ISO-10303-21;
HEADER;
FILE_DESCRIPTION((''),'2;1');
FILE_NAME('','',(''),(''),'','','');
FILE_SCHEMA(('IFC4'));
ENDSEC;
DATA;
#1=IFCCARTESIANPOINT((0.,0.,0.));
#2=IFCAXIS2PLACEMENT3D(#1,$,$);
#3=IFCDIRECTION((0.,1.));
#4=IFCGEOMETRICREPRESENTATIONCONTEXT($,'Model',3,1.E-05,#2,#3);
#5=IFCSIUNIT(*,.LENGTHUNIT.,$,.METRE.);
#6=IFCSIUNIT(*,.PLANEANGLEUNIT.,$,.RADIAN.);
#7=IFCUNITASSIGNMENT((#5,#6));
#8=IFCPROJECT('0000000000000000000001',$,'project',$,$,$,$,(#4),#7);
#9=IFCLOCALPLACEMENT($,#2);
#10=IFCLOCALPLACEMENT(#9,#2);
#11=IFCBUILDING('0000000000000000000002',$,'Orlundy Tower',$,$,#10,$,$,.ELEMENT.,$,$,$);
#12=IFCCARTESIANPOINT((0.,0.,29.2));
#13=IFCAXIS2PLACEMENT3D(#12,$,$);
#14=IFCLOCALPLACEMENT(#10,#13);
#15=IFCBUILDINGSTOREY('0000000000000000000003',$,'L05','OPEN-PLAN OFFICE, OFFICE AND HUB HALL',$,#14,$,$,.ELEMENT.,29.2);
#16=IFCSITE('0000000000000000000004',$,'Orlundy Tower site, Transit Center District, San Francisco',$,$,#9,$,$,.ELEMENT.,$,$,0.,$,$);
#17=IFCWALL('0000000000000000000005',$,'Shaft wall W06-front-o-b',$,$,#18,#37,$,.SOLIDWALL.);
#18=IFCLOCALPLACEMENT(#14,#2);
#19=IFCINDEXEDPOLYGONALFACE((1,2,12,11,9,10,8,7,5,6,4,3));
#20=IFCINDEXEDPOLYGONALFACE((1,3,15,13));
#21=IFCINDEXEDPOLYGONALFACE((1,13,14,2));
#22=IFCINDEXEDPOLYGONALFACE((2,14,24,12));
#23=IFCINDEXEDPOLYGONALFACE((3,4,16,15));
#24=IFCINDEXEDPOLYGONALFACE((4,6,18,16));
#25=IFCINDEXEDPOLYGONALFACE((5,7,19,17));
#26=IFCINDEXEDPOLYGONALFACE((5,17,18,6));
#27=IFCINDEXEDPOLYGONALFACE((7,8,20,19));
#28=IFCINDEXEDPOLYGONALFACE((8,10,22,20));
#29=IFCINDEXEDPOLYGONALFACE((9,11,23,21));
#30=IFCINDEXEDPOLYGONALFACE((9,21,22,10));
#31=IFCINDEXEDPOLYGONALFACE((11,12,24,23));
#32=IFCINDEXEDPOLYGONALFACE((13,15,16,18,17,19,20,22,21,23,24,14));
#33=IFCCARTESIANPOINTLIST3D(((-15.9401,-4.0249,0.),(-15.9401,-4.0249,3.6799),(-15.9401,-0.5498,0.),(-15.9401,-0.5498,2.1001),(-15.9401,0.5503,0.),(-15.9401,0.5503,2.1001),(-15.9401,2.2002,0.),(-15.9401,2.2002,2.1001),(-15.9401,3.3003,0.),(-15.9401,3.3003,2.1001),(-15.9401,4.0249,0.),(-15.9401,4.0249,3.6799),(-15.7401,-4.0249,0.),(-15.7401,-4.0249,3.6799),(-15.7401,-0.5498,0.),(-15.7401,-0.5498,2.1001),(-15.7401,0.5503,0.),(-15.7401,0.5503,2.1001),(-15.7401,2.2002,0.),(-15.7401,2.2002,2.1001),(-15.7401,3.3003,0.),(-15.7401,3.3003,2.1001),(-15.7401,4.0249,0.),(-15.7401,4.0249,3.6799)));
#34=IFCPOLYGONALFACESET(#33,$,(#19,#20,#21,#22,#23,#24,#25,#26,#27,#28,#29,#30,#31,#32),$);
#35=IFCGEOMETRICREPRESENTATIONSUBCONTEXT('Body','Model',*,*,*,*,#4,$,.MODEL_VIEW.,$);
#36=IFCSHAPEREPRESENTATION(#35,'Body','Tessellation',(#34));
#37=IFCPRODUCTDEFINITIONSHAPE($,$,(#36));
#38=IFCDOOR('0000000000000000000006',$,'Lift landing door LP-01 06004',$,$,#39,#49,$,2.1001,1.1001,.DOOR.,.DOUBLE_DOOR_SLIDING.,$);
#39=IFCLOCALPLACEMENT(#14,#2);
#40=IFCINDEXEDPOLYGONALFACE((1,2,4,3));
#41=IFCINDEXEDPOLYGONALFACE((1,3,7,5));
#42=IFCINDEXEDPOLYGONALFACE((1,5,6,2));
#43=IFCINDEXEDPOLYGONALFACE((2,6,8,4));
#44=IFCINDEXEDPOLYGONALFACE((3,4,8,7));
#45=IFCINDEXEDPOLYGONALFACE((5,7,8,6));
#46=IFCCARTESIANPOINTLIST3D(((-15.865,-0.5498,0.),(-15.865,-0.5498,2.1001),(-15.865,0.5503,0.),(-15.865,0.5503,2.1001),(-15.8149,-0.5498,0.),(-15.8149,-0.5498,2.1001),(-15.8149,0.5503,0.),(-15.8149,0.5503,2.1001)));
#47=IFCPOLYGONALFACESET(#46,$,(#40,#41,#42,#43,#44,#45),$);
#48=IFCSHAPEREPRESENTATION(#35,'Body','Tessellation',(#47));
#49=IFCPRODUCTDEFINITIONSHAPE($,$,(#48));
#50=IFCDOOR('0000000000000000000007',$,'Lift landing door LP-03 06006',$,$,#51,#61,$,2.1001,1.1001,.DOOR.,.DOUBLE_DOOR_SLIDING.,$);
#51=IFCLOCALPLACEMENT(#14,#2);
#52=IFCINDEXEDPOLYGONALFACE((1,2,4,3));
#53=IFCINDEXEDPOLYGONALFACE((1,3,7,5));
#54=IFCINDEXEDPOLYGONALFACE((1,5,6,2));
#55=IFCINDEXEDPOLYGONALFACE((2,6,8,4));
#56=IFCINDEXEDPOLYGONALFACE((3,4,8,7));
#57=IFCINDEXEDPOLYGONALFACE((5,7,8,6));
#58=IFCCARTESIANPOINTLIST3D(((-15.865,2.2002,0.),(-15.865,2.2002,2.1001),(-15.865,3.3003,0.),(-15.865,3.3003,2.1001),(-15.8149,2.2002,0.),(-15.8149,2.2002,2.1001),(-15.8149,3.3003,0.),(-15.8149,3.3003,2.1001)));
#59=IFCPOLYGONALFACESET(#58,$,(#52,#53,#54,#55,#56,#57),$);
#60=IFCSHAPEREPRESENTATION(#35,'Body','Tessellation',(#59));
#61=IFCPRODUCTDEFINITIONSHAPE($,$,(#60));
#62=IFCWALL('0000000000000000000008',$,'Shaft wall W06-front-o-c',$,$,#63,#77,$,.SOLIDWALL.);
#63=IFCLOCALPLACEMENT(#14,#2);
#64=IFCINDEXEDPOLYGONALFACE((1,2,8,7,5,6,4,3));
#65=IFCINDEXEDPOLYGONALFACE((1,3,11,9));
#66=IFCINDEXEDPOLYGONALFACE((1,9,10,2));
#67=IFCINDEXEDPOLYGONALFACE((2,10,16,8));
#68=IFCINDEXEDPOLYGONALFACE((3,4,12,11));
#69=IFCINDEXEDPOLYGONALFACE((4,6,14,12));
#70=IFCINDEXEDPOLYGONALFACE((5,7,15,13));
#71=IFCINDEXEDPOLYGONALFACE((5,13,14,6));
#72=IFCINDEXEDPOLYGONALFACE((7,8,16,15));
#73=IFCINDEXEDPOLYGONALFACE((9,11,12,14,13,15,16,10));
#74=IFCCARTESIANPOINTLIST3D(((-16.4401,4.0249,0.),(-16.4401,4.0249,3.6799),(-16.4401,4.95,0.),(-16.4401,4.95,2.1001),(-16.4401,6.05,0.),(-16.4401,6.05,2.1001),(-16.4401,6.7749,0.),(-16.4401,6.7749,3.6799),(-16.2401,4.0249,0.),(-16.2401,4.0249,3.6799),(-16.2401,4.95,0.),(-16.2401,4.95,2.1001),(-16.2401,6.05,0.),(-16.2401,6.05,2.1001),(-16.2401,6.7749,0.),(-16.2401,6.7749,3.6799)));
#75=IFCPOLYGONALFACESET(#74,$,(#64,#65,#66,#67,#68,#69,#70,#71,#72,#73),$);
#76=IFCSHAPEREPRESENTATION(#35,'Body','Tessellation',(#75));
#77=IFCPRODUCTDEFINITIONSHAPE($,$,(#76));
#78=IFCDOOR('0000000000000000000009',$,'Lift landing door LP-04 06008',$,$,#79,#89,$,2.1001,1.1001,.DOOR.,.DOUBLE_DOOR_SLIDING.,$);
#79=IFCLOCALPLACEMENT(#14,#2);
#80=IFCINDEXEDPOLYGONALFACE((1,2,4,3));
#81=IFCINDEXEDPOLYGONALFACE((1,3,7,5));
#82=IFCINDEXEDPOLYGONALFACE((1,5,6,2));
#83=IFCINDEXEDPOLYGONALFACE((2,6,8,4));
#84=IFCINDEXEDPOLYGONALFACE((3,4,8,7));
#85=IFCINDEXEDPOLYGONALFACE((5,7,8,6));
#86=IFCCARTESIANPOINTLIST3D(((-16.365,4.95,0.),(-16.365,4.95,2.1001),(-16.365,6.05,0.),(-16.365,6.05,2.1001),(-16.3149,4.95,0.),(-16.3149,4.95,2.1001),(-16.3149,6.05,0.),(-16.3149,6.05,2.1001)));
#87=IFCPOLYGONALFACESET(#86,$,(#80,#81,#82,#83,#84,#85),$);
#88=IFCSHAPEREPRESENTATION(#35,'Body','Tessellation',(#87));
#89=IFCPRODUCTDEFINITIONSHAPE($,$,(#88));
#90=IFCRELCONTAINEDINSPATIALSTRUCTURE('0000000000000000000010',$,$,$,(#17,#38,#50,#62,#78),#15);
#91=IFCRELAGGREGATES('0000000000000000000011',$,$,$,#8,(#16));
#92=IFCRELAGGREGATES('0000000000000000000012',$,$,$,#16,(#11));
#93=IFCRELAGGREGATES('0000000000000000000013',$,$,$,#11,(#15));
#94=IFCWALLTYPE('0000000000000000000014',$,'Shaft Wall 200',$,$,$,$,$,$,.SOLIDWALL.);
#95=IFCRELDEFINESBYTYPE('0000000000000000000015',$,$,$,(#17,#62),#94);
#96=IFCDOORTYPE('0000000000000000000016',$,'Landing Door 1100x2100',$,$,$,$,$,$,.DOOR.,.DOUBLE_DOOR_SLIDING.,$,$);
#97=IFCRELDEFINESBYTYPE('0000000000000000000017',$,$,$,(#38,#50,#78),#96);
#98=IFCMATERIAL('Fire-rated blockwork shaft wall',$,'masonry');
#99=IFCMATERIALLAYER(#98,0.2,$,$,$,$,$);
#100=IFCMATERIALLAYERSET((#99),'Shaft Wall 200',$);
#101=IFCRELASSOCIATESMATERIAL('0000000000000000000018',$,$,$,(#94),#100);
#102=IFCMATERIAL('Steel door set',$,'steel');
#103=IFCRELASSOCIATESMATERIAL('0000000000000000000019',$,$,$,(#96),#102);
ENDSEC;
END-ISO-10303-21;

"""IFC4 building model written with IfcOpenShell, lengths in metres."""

from ifc_helpers import new_model, si_unit, direction, frame, frame_2d, origin, place, context, subcontext, project, spatial, rectangle, extrude, material, layer, layer_set, type_object, element, fill, save


model = new_model("IFC4")

# Units and contexts
model_context = context("Model", 3, precision=1e-05, world=origin(), true_north=direction((0.0, 1.0)))
body_context = subcontext(model_context, "Body", "Model", "MODEL_VIEW")
ifc_project = project(units=[si_unit("LENGTHUNIT", "METRE"), si_unit("PLANEANGLEUNIT", "RADIAN")], contexts=[model_context])

# Site, building, storey
site_placement = place(None, origin())
site = spatial("IfcSite", under=ifc_project, at=site_placement, Name="Orlundy Tower site, Transit Center District, San Francisco", CompositionType="ELEMENT", RefElevation=0.0)
building_placement = place(site_placement, origin())
building = spatial("IfcBuilding", under=site, at=building_placement, Name="Orlundy Tower", CompositionType="ELEMENT")
storey_placement = place(building_placement, frame((0.0, 0.0, 29.2)))
storey = spatial("IfcBuildingStorey", under=building, at=storey_placement, Name="L05", Description="OPEN-PLAN OFFICE, OFFICE AND HUB HALL", CompositionType="ELEMENT", Elevation=29.2)

# Shared definitions
ifc_material_1 = material(Name="Fire-rated blockwork shaft wall", Category="masonry")
ifc_layer_1 = layer(ifc_material_1, 0.2)
ifc_layer_set_1 = layer_set([ifc_layer_1], Name="Shaft Wall 200")
wall_type_1 = type_object("IfcWallType", Name="Shaft Wall 200", PredefinedType="SOLIDWALL", material=ifc_layer_set_1)

# Shared definitions
ifc_material_2 = material(Name="Steel door set", Category="steel")
door_type_1 = type_object("IfcDoorType", Name="Landing Door 1100x2100", OperationType="DOUBLE_DOOR_SLIDING", PredefinedType="DOOR", material=ifc_material_2)

# Wall, openings, doors
wall_1_placement = place(storey_placement, frame((-15.8401, -4.0249, 0.0), z_axis=(0.0, 0.0, 1.0), x_axis=(0.0, 1.0, 0.0)))
wall_1 = element("IfcWall", 1, at=wall_1_placement, inside=storey, type_object=wall_type_1, Name="Shaft wall W06-front-o-b", PredefinedType="SOLIDWALL", context=body_context, shape_type="SweptSolid", body=[
    extrude(rectangle(XDim=8.0498, YDim=0.2, at=frame_2d((4.0249, 0.0))), origin(), (0.0, 0.0, 1.0), 3.6799),
])
opening_1_placement = place(wall_1_placement, frame((3.4751, 0.0, 0.0)))
opening_1 = element("IfcOpeningElement", 2, at=opening_1_placement, cuts=wall_1, PredefinedType="OPENING", context=body_context, shape_type="SweptSolid", body=[
    extrude(rectangle(XDim=1.1001, YDim=2.1001, at=frame_2d((0.55, 1.05))), frame((0.0, 0.1101, 0.0), z_axis=(0.0, -1.0, 0.0), x_axis=(1.0, 0.0, 0.0)), (0.0, 0.0, 1.0), 0.2202),
])
opening_2_placement = place(wall_1_placement, frame((6.2251, 0.0, 0.0)))
opening_2 = element("IfcOpeningElement", 3, at=opening_2_placement, cuts=wall_1, PredefinedType="OPENING", context=body_context, shape_type="SweptSolid", body=[
    extrude(rectangle(XDim=1.1001, YDim=2.1001, at=frame_2d((0.55, 1.05))), frame((0.0, 0.1101, 0.0), z_axis=(0.0, -1.0, 0.0), x_axis=(1.0, 0.0, 0.0)), (0.0, 0.0, 1.0), 0.2202),
])
door_1_placement = place(opening_1_placement, origin())
door_1 = element("IfcDoor", 4, at=door_1_placement, inside=storey, type_object=door_type_1, Name="Lift landing door LP-01 06004", OperationType="DOUBLE_DOOR_SLIDING", OverallHeight=2.1001, OverallWidth=1.1001, PredefinedType="DOOR", context=body_context, shape_type="SweptSolid", body=[
    extrude(rectangle(XDim=1.1001, YDim=2.1001, at=frame_2d((0.55, 1.05))), frame((0.0, 0.0249, 0.0), z_axis=(0.0, -1.0, 0.0), x_axis=(1.0, 0.0, 0.0)), (0.0, 0.0, 1.0), 0.05),
])
fill(opening_1, door_1)
door_2_placement = place(opening_2_placement, origin())
door_2 = element("IfcDoor", 5, at=door_2_placement, inside=storey, type_object=door_type_1, Name="Lift landing door LP-03 06006", OperationType="DOUBLE_DOOR_SLIDING", OverallHeight=2.1001, OverallWidth=1.1001, PredefinedType="DOOR", context=body_context, shape_type="SweptSolid", body=[
    extrude(rectangle(XDim=1.1001, YDim=2.1001, at=frame_2d((0.55, 1.05))), frame((0.0, 0.0249, 0.0), z_axis=(0.0, -1.0, 0.0), x_axis=(1.0, 0.0, 0.0)), (0.0, 0.0, 1.0), 0.05),
])
fill(opening_2, door_2)

# Wall, opening, door
wall_2_placement = place(storey_placement, frame((-16.3401, 4.0249, 0.0), z_axis=(0.0, 0.0, 1.0), x_axis=(0.0, 1.0, 0.0)))
wall_2 = element("IfcWall", 6, at=wall_2_placement, inside=storey, type_object=wall_type_1, Name="Shaft wall W06-front-o-c", PredefinedType="SOLIDWALL", context=body_context, shape_type="SweptSolid", body=[
    extrude(rectangle(XDim=2.75, YDim=0.2, at=frame_2d((1.375, 0.0))), origin(), (0.0, 0.0, 1.0), 3.6799),
])
opening_3_placement = place(wall_2_placement, frame((0.925, 0.0, 0.0)))
opening_3 = element("IfcOpeningElement", 7, at=opening_3_placement, cuts=wall_2, PredefinedType="OPENING", context=body_context, shape_type="SweptSolid", body=[
    extrude(rectangle(XDim=1.1001, YDim=2.1001, at=frame_2d((0.55, 1.05))), frame((0.0, 0.1101, 0.0), z_axis=(0.0, -1.0, 0.0), x_axis=(1.0, 0.0, 0.0)), (0.0, 0.0, 1.0), 0.2202),
])
door_3_placement = place(opening_3_placement, origin())
door_3 = element("IfcDoor", 8, at=door_3_placement, inside=storey, type_object=door_type_1, Name="Lift landing door LP-04 06008", OperationType="DOUBLE_DOOR_SLIDING", OverallHeight=2.1001, OverallWidth=1.1001, PredefinedType="DOOR", context=body_context, shape_type="SweptSolid", body=[
    extrude(rectangle(XDim=1.1001, YDim=2.1001, at=frame_2d((0.55, 1.05))), frame((0.0, 0.0249, 0.0), z_axis=(0.0, -1.0, 0.0), x_axis=(1.0, 0.0, 0.0)), (0.0, 0.0, 1.0), 0.05),
])
fill(opening_3, door_3)

save(model, "model.ifc")
